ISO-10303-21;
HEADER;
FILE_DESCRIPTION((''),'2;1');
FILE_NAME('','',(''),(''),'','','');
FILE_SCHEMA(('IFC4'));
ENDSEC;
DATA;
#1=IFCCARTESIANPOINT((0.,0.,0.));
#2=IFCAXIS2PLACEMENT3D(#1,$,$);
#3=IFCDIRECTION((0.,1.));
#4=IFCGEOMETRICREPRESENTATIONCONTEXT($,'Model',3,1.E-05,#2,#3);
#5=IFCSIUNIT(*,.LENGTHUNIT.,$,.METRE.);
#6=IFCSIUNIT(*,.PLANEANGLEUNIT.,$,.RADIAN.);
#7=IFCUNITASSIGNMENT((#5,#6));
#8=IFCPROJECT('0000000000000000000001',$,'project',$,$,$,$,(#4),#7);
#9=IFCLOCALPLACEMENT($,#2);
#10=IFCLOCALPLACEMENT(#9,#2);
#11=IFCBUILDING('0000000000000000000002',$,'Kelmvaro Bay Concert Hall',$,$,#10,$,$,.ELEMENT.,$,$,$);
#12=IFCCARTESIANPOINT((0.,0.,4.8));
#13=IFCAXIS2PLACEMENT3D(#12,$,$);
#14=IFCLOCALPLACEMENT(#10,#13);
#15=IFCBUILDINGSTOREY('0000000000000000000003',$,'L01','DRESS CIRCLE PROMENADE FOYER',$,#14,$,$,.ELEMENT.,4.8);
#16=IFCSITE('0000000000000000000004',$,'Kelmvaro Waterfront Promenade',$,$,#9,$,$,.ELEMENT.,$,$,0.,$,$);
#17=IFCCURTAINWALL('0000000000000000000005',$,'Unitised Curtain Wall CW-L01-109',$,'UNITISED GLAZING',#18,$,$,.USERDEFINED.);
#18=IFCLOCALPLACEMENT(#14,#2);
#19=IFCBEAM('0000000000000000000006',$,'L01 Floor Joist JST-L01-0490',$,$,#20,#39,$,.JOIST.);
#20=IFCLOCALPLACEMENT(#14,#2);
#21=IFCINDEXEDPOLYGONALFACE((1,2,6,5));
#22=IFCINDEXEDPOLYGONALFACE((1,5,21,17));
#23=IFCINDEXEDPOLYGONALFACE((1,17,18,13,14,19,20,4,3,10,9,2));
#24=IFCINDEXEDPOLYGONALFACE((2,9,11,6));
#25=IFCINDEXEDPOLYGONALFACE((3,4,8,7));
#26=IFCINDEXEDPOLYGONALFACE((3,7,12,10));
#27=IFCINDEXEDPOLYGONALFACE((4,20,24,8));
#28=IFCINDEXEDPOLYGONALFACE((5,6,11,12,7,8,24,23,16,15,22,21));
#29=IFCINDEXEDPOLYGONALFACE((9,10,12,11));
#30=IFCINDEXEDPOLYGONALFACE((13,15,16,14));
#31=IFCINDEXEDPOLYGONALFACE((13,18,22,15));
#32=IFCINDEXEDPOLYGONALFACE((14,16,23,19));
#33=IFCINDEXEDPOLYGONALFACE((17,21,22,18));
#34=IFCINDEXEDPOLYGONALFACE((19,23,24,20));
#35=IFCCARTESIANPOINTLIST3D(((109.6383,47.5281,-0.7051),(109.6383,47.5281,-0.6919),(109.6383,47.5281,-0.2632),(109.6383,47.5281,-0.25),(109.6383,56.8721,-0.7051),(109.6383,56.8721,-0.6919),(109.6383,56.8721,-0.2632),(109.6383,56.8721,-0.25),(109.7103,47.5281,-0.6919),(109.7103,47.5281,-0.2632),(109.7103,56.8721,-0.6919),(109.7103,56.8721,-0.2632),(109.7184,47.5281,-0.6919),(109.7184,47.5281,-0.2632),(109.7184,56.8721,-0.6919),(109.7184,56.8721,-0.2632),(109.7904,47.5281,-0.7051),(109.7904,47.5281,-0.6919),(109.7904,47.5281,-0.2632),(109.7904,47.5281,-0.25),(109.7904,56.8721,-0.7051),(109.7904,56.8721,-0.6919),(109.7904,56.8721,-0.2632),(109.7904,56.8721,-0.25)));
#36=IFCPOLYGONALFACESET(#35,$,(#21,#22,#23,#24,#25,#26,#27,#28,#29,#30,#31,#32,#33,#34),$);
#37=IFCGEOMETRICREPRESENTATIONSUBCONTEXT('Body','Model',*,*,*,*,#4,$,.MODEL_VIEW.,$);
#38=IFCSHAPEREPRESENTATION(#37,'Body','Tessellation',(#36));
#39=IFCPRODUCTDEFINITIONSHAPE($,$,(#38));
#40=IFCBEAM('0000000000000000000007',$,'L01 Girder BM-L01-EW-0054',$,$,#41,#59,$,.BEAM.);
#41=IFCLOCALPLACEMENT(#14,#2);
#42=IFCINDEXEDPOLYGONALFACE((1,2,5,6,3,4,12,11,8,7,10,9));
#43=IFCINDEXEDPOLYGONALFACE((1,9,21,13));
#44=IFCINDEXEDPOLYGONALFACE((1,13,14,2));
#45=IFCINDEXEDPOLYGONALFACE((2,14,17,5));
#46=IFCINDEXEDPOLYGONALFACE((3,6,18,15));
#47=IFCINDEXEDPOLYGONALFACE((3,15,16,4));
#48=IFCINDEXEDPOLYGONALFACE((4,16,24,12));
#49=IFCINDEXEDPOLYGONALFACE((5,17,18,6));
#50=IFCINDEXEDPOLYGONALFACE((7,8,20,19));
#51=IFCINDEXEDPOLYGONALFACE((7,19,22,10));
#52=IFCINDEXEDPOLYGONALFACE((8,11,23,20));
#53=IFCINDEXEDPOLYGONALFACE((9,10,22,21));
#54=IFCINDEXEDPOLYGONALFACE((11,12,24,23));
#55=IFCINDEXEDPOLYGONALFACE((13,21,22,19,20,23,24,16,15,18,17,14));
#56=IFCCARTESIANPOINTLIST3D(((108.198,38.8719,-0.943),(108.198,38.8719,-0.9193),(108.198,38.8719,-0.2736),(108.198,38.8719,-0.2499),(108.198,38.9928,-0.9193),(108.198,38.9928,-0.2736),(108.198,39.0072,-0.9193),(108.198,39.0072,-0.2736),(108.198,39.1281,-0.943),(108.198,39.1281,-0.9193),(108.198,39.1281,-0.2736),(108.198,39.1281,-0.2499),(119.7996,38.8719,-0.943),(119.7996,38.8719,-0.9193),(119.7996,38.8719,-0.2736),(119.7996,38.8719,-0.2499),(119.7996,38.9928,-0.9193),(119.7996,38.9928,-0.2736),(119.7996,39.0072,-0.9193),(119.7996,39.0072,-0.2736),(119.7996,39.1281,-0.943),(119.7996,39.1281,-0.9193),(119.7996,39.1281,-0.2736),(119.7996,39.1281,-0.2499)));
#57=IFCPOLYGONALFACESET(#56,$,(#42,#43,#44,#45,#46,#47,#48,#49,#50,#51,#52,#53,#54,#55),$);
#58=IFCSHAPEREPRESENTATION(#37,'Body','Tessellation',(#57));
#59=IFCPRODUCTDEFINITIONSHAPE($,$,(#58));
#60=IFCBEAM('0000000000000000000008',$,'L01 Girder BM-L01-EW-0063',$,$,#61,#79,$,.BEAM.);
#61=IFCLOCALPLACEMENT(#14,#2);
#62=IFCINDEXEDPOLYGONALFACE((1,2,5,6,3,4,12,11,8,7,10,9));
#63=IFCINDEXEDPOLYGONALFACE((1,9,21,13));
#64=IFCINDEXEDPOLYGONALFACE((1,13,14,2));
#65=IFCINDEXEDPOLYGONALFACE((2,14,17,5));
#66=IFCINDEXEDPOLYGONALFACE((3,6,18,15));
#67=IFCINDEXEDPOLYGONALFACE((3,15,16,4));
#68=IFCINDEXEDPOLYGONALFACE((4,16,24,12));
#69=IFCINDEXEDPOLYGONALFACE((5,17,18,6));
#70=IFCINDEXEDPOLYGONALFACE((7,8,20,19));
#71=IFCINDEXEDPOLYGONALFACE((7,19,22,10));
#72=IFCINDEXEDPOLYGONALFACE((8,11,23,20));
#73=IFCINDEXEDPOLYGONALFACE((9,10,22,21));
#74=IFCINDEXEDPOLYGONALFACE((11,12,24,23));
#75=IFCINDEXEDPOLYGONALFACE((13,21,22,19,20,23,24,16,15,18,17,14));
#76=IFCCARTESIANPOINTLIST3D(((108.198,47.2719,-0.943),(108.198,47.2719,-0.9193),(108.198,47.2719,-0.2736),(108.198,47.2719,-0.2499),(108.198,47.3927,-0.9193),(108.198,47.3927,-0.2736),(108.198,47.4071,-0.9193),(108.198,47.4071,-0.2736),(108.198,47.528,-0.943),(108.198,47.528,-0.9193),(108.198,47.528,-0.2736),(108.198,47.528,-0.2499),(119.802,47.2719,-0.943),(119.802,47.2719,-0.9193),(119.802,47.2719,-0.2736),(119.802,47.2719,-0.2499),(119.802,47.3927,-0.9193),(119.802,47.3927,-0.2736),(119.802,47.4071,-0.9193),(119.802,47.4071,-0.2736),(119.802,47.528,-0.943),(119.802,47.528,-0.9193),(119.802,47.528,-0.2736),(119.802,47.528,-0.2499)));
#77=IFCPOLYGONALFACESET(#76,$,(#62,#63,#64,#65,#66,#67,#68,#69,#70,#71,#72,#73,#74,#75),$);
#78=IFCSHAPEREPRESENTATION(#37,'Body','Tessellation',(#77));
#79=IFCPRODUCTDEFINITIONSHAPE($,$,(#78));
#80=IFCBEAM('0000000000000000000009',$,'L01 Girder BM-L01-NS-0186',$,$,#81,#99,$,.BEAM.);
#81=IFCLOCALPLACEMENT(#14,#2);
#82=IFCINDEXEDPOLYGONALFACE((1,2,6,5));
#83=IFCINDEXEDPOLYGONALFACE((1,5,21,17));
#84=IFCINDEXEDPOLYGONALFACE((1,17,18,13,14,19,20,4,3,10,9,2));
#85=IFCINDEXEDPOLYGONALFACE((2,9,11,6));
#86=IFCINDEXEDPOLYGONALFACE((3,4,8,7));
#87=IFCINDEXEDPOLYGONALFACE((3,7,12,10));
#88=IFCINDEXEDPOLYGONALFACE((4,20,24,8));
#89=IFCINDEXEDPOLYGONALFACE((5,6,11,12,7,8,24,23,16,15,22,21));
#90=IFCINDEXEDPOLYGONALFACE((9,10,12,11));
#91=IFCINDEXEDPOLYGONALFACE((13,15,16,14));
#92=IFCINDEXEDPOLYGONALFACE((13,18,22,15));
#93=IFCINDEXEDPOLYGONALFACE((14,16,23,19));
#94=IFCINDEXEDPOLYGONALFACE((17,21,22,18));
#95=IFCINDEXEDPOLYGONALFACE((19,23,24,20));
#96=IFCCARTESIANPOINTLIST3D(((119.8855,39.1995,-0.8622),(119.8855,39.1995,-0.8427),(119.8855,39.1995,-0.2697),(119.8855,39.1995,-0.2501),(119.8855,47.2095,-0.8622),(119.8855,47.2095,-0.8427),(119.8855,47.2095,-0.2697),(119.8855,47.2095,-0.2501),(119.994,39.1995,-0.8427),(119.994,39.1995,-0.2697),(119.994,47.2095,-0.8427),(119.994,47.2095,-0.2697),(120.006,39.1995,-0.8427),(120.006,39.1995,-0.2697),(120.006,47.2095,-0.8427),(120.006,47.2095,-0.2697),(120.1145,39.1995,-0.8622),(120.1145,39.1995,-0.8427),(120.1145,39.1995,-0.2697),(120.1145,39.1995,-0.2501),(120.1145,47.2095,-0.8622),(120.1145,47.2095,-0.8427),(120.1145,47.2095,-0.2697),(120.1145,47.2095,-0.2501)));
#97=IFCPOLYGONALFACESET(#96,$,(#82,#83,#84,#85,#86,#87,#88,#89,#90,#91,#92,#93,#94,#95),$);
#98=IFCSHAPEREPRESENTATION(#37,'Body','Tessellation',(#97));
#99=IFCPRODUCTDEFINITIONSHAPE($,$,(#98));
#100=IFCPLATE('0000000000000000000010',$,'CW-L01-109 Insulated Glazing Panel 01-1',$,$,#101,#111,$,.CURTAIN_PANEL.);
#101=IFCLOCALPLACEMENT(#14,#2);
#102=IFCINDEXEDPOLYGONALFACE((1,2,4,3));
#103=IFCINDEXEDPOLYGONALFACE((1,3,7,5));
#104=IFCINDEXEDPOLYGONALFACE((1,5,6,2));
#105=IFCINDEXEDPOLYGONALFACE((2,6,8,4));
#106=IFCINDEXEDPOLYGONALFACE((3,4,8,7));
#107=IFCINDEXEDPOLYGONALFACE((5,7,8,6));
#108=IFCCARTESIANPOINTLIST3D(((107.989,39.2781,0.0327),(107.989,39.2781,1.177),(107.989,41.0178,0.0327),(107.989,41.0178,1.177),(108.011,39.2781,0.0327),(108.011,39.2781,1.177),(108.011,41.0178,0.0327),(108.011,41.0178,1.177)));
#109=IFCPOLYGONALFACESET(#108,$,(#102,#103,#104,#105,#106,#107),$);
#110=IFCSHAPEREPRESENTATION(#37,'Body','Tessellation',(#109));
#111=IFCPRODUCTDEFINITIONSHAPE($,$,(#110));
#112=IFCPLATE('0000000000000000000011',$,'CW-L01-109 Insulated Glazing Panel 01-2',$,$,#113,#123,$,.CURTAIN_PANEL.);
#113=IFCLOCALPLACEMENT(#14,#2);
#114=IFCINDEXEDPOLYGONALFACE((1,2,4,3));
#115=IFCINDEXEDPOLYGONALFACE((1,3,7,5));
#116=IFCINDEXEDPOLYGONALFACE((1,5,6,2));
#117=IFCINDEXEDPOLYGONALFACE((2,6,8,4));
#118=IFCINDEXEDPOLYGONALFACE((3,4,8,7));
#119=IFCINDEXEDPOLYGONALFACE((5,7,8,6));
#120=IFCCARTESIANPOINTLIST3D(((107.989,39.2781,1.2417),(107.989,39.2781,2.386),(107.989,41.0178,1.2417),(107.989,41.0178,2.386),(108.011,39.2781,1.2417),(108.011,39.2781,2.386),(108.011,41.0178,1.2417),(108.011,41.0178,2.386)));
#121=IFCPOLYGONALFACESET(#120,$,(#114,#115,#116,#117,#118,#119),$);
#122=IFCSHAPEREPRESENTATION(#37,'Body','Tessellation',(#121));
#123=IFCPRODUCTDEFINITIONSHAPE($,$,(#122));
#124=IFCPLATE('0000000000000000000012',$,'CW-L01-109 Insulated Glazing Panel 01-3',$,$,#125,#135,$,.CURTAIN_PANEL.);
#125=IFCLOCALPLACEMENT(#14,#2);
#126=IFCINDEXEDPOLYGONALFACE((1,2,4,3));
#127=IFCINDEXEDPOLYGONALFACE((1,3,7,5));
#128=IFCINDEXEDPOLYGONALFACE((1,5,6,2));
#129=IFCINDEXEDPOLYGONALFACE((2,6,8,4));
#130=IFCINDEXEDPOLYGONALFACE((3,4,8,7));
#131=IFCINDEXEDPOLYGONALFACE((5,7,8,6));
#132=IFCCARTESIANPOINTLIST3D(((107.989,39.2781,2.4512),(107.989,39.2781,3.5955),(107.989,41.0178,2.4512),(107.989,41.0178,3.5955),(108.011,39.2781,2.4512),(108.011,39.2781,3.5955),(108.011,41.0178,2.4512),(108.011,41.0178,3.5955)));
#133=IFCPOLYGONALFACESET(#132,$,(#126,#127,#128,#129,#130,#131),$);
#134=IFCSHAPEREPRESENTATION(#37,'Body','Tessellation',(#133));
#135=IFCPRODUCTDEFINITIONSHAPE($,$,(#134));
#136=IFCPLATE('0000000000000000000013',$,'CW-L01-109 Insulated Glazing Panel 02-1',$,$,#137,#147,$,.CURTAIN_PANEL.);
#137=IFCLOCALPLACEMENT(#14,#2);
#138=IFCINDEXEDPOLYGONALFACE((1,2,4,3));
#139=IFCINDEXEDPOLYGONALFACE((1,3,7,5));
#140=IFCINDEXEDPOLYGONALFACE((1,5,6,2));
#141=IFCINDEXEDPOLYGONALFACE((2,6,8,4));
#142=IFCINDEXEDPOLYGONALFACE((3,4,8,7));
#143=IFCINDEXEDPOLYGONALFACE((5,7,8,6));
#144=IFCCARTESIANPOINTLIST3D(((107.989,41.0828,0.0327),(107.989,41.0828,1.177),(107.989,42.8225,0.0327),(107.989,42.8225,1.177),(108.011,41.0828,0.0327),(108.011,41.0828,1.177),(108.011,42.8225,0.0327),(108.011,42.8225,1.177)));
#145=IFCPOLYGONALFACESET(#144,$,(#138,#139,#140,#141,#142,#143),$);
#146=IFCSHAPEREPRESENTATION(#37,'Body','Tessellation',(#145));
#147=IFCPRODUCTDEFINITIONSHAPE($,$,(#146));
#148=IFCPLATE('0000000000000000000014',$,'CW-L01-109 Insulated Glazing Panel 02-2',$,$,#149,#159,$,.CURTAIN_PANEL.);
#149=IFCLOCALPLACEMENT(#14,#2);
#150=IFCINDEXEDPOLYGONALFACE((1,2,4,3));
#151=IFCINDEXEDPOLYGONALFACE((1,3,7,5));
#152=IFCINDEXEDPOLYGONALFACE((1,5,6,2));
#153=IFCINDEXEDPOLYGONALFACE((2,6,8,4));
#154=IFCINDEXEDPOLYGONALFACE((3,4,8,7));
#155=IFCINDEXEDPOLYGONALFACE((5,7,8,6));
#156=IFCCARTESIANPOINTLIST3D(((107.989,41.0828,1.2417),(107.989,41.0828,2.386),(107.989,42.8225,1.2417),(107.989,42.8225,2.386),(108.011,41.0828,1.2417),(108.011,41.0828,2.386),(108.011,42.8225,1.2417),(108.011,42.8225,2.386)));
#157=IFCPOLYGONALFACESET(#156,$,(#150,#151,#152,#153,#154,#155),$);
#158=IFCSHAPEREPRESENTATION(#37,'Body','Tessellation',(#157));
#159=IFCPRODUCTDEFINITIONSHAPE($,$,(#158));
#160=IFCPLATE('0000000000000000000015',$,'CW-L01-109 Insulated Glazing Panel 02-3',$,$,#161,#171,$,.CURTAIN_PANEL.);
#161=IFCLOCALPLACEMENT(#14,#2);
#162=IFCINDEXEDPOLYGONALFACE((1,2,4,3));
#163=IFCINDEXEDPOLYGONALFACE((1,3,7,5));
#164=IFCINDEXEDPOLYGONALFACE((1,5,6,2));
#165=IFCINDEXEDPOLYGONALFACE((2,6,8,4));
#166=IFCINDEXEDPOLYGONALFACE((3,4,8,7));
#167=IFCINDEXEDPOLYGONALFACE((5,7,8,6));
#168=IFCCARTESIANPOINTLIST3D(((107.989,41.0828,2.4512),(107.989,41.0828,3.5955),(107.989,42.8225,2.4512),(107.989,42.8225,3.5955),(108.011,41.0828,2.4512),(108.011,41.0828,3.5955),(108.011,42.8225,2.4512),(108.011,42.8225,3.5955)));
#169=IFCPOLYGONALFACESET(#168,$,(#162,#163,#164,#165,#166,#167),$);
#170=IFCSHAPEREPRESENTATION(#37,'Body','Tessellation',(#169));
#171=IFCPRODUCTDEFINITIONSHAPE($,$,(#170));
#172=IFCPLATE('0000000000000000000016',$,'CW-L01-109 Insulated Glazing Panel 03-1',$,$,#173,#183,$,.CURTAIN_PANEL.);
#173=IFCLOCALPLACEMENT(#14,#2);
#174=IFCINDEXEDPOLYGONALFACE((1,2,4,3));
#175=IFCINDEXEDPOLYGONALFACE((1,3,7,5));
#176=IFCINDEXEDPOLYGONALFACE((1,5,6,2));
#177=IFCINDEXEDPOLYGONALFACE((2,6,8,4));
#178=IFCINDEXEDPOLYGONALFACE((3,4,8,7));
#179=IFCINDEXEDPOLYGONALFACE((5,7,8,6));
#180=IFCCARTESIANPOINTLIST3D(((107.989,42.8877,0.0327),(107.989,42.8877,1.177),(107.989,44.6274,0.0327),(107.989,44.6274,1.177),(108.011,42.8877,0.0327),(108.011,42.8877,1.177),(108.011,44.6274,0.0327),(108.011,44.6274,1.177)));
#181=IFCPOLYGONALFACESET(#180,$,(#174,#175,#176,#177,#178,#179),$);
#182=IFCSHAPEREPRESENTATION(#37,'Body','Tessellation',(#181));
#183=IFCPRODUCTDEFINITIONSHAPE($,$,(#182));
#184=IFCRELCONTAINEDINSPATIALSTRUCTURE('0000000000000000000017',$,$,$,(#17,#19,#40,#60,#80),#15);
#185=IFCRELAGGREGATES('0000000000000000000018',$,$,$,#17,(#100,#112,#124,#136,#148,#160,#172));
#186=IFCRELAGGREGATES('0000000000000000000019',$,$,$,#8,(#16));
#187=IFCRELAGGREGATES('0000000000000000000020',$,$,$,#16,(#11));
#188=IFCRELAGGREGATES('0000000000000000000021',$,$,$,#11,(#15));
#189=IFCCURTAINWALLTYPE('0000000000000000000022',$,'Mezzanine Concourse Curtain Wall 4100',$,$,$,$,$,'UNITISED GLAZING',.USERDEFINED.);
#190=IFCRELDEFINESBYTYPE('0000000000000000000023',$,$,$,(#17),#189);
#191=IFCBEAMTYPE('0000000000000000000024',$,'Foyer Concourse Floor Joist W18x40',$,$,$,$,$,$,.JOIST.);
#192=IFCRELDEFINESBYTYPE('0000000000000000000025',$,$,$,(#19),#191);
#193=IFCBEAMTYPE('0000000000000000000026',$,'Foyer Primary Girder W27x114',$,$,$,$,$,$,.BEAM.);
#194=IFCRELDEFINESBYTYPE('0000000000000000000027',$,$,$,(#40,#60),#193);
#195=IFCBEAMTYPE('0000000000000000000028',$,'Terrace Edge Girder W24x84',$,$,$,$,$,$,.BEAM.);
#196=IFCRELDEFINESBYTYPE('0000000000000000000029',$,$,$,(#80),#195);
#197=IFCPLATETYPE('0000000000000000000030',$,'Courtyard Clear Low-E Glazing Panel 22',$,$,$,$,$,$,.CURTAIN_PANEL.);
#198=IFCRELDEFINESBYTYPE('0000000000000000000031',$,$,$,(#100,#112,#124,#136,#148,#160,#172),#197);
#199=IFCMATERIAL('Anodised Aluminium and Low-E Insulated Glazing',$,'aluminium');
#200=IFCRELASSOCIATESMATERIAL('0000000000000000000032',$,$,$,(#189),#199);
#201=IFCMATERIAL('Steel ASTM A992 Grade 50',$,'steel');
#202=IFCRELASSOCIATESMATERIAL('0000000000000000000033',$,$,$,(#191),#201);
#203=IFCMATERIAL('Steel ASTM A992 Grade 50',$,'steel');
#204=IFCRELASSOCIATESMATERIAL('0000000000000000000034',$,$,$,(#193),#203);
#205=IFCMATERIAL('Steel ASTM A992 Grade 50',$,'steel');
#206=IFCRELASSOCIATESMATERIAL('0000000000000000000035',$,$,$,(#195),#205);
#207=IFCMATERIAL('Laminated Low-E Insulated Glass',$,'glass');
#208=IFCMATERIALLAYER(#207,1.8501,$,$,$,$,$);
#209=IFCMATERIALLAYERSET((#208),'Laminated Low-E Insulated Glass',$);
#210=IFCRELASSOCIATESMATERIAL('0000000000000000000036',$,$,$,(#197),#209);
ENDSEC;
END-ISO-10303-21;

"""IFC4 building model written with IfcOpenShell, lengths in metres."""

from ifc_helpers import new_model, si_unit, direction, frame, origin, origin_2d, place, context, subcontext, project, spatial, rectangle, i_section, extrude, material, layer, layer_set, material_profile, profile_set, type_object, element, aggregate, save


model = new_model("IFC4")

# Units and contexts
model_context = context("Model", 3, precision=1e-05, world=origin(), true_north=direction((0.0, 1.0)))
body_context = subcontext(model_context, "Body", "Model", "MODEL_VIEW")
ifc_project = project(units=[si_unit("LENGTHUNIT", "METRE"), si_unit("PLANEANGLEUNIT", "RADIAN")], contexts=[model_context])

# Site, building, storey
site_placement = place(None, origin())
site = spatial("IfcSite", under=ifc_project, at=site_placement, Name="Kelmvaro Waterfront Promenade", CompositionType="ELEMENT", RefElevation=0.0)
building_placement = place(site_placement, origin())
building = spatial("IfcBuilding", under=site, at=building_placement, Name="Kelmvaro Bay Concert Hall", CompositionType="ELEMENT")
storey_placement = place(building_placement, frame((0.0, 0.0, 4.8)))
storey = spatial("IfcBuildingStorey", under=building, at=storey_placement, Name="L01", Description="DRESS CIRCLE PROMENADE FOYER", CompositionType="ELEMENT", Elevation=4.8)

# Curtain wall
ifc_material_1 = material(Name="Anodised Aluminium and Low-E Insulated Glazing", Category="aluminium")
curtain_wall_type = type_object("IfcCurtainWallType", Name="Mezzanine Concourse Curtain Wall 4100", ElementType="UNITISED GLAZING", PredefinedType="USERDEFINED", material=ifc_material_1)
curtain_wall_1_placement = place(storey_placement, origin())
curtain_wall_1 = element("IfcCurtainWall", 1, at=curtain_wall_1_placement, inside=storey, type_object=curtain_wall_type, Name="Unitised Curtain Wall CW-L01-109", ObjectType="UNITISED GLAZING", PredefinedType="USERDEFINED")

# Beams
ifc_material_2 = material(Name="Steel ASTM A992 Grade 50", Category="steel")
ifc_material_profile_1 = material_profile(ifc_material_2, i_section(OverallWidth=0.1521, OverallDepth=0.4551, WebThickness=0.0081, FlangeThickness=0.0132, at=origin_2d()), Name="W18X40")
ifc_profile_set_1 = profile_set([ifc_material_profile_1], Name="Steel ASTM A992 Grade 50")
beam_type_1 = type_object("IfcBeamType", Name="Foyer Concourse Floor Joist W18x40", PredefinedType="JOIST", material=ifc_profile_set_1)
beam_1_placement = place(storey_placement, frame((109.7144, 47.5281, -0.4775), z_axis=(0.0, 1.0, 0.0), x_axis=(-1.0, 0.0, 0.0)))
element("IfcBeam", 2, at=beam_1_placement, inside=storey, type_object=beam_type_1, Name="L01 Floor Joist JST-L01-0490", PredefinedType="JOIST", context=body_context, shape_type="SweptSolid", body=[
    extrude(i_section(OverallWidth=0.1521, OverallDepth=0.4551, WebThickness=0.0081, FlangeThickness=0.0132, at=origin_2d()), origin(), (0.0, 0.0, 1.0), 9.344),
])
ifc_material_3 = material(Name="Steel ASTM A992 Grade 50", Category="steel")
ifc_material_profile_2 = material_profile(ifc_material_3, i_section(OverallWidth=0.2561, OverallDepth=0.6931, WebThickness=0.0144, FlangeThickness=0.0237, at=origin_2d()), Name="W27X114")
ifc_profile_set_2 = profile_set([ifc_material_profile_2], Name="Steel ASTM A992 Grade 50")
beam_type_2 = type_object("IfcBeamType", Name="Foyer Primary Girder W27x114", PredefinedType="BEAM", material=ifc_profile_set_2)
beam_2_placement = place(storey_placement, frame((108.198, 39.0, -0.5964), z_axis=(1.0, 0.0, 0.0), x_axis=(0.0, 1.0, 0.0)))
element("IfcBeam", 3, at=beam_2_placement, inside=storey, type_object=beam_type_2, Name="L01 Girder BM-L01-EW-0054", PredefinedType="BEAM", context=body_context, shape_type="SweptSolid", body=[
    extrude(i_section(OverallWidth=0.2561, OverallDepth=0.6931, WebThickness=0.0144, FlangeThickness=0.0237, at=origin_2d()), origin(), (0.0, 0.0, 1.0), 11.6016),
])
beam_3_placement = place(storey_placement, frame((108.198, 47.3999, -0.5964), z_axis=(1.0, 0.0, 0.0), x_axis=(0.0, 1.0, 0.0)))
element("IfcBeam", 4, at=beam_3_placement, inside=storey, type_object=beam_type_2, Name="L01 Girder BM-L01-EW-0063", PredefinedType="BEAM", context=body_context, shape_type="SweptSolid", body=[
    extrude(i_section(OverallWidth=0.2561, OverallDepth=0.6931, WebThickness=0.0144, FlangeThickness=0.0237, at=origin_2d()), origin(), (0.0, 0.0, 1.0), 11.604),
])
ifc_material_4 = material(Name="Steel ASTM A992 Grade 50", Category="steel")
ifc_material_profile_3 = material_profile(ifc_material_4, i_section(OverallWidth=0.229, OverallDepth=0.6121, WebThickness=0.012, FlangeThickness=0.0195, at=origin_2d()), Name="W24X84")
ifc_profile_set_3 = profile_set([ifc_material_profile_3], Name="Steel ASTM A992 Grade 50")
beam_type_3 = type_object("IfcBeamType", Name="Terrace Edge Girder W24x84", PredefinedType="BEAM", material=ifc_profile_set_3)
beam_4_placement = place(storey_placement, frame((120.0, 39.1995, -0.5562), z_axis=(0.0, 1.0, 0.0), x_axis=(-1.0, 0.0, 0.0)))
element("IfcBeam", 5, at=beam_4_placement, inside=storey, type_object=beam_type_3, Name="L01 Girder BM-L01-NS-0186", PredefinedType="BEAM", context=body_context, shape_type="SweptSolid", body=[
    extrude(i_section(OverallWidth=0.229, OverallDepth=0.6121, WebThickness=0.012, FlangeThickness=0.0195, at=origin_2d()), origin(), (0.0, 0.0, 1.0), 8.01),
])

# Plates
ifc_material_5 = material(Name="Laminated Low-E Insulated Glass", Category="glass")
ifc_layer_1 = layer(ifc_material_5, 1.8501)
ifc_layer_set_1 = layer_set([ifc_layer_1], Name="Laminated Low-E Insulated Glass")
plate_type = type_object("IfcPlateType", Name="Courtyard Clear Low-E Glazing Panel 22", PredefinedType="CURTAIN_PANEL", material=ifc_layer_set_1)
plate_1_placement = place(storey_placement, frame((108.0, 40.1479, 0.0327), z_axis=(0.0, 0.0, 1.0), x_axis=(0.0, 1.0, 0.0)))
plate_1 = element("IfcPlate", 6, at=plate_1_placement, type_object=plate_type, Name="CW-L01-109 Insulated Glazing Panel 01-1", PredefinedType="CURTAIN_PANEL", context=body_context, shape_type="SweptSolid", body=[
    extrude(rectangle(XDim=1.7397, YDim=0.022, at=origin_2d()), origin(), (0.0, 0.0, 1.0), 1.1443),
])
plate_2_placement = place(storey_placement, frame((108.0, 40.1479, 1.2417), z_axis=(0.0, 0.0, 1.0), x_axis=(0.0, 1.0, 0.0)))
plate_2 = element("IfcPlate", 7, at=plate_2_placement, type_object=plate_type, Name="CW-L01-109 Insulated Glazing Panel 01-2", PredefinedType="CURTAIN_PANEL", context=body_context, shape_type="SweptSolid", body=[
    extrude(rectangle(XDim=1.7397, YDim=0.022, at=origin_2d()), origin(), (0.0, 0.0, 1.0), 1.1443),
])
plate_3_placement = place(storey_placement, frame((108.0, 40.1479, 2.4512), z_axis=(0.0, 0.0, 1.0), x_axis=(0.0, 1.0, 0.0)))
plate_3 = element("IfcPlate", 8, at=plate_3_placement, type_object=plate_type, Name="CW-L01-109 Insulated Glazing Panel 01-3", PredefinedType="CURTAIN_PANEL", context=body_context, shape_type="SweptSolid", body=[
    extrude(rectangle(XDim=1.7397, YDim=0.022, at=origin_2d()), origin(), (0.0, 0.0, 1.0), 1.1443),
])
plate_4_placement = place(storey_placement, frame((108.0, 41.9526, 0.0327), z_axis=(0.0, 0.0, 1.0), x_axis=(0.0, 1.0, 0.0)))
plate_4 = element("IfcPlate", 9, at=plate_4_placement, type_object=plate_type, Name="CW-L01-109 Insulated Glazing Panel 02-1", PredefinedType="CURTAIN_PANEL", context=body_context, shape_type="SweptSolid", body=[
    extrude(rectangle(XDim=1.7397, YDim=0.022, at=origin_2d()), origin(), (0.0, 0.0, 1.0), 1.1443),
])
plate_5_placement = place(storey_placement, frame((108.0, 41.9526, 1.2417), z_axis=(0.0, 0.0, 1.0), x_axis=(0.0, 1.0, 0.0)))
plate_5 = element("IfcPlate", 10, at=plate_5_placement, type_object=plate_type, Name="CW-L01-109 Insulated Glazing Panel 02-2", PredefinedType="CURTAIN_PANEL", context=body_context, shape_type="SweptSolid", body=[
    extrude(rectangle(XDim=1.7397, YDim=0.022, at=origin_2d()), origin(), (0.0, 0.0, 1.0), 1.1443),
])
plate_6_placement = place(storey_placement, frame((108.0, 41.9526, 2.4512), z_axis=(0.0, 0.0, 1.0), x_axis=(0.0, 1.0, 0.0)))
plate_6 = element("IfcPlate", 11, at=plate_6_placement, type_object=plate_type, Name="CW-L01-109 Insulated Glazing Panel 02-3", PredefinedType="CURTAIN_PANEL", context=body_context, shape_type="SweptSolid", body=[
    extrude(rectangle(XDim=1.7397, YDim=0.022, at=origin_2d()), origin(), (0.0, 0.0, 1.0), 1.1443),
])
plate_7_placement = place(storey_placement, frame((108.0, 43.7576, 0.0327), z_axis=(0.0, 0.0, 1.0), x_axis=(0.0, 1.0, 0.0)))
plate_7 = element("IfcPlate", 12, at=plate_7_placement, type_object=plate_type, Name="CW-L01-109 Insulated Glazing Panel 03-1", PredefinedType="CURTAIN_PANEL", context=body_context, shape_type="SweptSolid", body=[
    extrude(rectangle(XDim=1.7397, YDim=0.022, at=origin_2d()), origin(), (0.0, 0.0, 1.0), 1.1443),
])
aggregate(curtain_wall_1, [plate_1, plate_2, plate_3, plate_4, plate_5, plate_6, plate_7])

save(model, "model.ifc")
